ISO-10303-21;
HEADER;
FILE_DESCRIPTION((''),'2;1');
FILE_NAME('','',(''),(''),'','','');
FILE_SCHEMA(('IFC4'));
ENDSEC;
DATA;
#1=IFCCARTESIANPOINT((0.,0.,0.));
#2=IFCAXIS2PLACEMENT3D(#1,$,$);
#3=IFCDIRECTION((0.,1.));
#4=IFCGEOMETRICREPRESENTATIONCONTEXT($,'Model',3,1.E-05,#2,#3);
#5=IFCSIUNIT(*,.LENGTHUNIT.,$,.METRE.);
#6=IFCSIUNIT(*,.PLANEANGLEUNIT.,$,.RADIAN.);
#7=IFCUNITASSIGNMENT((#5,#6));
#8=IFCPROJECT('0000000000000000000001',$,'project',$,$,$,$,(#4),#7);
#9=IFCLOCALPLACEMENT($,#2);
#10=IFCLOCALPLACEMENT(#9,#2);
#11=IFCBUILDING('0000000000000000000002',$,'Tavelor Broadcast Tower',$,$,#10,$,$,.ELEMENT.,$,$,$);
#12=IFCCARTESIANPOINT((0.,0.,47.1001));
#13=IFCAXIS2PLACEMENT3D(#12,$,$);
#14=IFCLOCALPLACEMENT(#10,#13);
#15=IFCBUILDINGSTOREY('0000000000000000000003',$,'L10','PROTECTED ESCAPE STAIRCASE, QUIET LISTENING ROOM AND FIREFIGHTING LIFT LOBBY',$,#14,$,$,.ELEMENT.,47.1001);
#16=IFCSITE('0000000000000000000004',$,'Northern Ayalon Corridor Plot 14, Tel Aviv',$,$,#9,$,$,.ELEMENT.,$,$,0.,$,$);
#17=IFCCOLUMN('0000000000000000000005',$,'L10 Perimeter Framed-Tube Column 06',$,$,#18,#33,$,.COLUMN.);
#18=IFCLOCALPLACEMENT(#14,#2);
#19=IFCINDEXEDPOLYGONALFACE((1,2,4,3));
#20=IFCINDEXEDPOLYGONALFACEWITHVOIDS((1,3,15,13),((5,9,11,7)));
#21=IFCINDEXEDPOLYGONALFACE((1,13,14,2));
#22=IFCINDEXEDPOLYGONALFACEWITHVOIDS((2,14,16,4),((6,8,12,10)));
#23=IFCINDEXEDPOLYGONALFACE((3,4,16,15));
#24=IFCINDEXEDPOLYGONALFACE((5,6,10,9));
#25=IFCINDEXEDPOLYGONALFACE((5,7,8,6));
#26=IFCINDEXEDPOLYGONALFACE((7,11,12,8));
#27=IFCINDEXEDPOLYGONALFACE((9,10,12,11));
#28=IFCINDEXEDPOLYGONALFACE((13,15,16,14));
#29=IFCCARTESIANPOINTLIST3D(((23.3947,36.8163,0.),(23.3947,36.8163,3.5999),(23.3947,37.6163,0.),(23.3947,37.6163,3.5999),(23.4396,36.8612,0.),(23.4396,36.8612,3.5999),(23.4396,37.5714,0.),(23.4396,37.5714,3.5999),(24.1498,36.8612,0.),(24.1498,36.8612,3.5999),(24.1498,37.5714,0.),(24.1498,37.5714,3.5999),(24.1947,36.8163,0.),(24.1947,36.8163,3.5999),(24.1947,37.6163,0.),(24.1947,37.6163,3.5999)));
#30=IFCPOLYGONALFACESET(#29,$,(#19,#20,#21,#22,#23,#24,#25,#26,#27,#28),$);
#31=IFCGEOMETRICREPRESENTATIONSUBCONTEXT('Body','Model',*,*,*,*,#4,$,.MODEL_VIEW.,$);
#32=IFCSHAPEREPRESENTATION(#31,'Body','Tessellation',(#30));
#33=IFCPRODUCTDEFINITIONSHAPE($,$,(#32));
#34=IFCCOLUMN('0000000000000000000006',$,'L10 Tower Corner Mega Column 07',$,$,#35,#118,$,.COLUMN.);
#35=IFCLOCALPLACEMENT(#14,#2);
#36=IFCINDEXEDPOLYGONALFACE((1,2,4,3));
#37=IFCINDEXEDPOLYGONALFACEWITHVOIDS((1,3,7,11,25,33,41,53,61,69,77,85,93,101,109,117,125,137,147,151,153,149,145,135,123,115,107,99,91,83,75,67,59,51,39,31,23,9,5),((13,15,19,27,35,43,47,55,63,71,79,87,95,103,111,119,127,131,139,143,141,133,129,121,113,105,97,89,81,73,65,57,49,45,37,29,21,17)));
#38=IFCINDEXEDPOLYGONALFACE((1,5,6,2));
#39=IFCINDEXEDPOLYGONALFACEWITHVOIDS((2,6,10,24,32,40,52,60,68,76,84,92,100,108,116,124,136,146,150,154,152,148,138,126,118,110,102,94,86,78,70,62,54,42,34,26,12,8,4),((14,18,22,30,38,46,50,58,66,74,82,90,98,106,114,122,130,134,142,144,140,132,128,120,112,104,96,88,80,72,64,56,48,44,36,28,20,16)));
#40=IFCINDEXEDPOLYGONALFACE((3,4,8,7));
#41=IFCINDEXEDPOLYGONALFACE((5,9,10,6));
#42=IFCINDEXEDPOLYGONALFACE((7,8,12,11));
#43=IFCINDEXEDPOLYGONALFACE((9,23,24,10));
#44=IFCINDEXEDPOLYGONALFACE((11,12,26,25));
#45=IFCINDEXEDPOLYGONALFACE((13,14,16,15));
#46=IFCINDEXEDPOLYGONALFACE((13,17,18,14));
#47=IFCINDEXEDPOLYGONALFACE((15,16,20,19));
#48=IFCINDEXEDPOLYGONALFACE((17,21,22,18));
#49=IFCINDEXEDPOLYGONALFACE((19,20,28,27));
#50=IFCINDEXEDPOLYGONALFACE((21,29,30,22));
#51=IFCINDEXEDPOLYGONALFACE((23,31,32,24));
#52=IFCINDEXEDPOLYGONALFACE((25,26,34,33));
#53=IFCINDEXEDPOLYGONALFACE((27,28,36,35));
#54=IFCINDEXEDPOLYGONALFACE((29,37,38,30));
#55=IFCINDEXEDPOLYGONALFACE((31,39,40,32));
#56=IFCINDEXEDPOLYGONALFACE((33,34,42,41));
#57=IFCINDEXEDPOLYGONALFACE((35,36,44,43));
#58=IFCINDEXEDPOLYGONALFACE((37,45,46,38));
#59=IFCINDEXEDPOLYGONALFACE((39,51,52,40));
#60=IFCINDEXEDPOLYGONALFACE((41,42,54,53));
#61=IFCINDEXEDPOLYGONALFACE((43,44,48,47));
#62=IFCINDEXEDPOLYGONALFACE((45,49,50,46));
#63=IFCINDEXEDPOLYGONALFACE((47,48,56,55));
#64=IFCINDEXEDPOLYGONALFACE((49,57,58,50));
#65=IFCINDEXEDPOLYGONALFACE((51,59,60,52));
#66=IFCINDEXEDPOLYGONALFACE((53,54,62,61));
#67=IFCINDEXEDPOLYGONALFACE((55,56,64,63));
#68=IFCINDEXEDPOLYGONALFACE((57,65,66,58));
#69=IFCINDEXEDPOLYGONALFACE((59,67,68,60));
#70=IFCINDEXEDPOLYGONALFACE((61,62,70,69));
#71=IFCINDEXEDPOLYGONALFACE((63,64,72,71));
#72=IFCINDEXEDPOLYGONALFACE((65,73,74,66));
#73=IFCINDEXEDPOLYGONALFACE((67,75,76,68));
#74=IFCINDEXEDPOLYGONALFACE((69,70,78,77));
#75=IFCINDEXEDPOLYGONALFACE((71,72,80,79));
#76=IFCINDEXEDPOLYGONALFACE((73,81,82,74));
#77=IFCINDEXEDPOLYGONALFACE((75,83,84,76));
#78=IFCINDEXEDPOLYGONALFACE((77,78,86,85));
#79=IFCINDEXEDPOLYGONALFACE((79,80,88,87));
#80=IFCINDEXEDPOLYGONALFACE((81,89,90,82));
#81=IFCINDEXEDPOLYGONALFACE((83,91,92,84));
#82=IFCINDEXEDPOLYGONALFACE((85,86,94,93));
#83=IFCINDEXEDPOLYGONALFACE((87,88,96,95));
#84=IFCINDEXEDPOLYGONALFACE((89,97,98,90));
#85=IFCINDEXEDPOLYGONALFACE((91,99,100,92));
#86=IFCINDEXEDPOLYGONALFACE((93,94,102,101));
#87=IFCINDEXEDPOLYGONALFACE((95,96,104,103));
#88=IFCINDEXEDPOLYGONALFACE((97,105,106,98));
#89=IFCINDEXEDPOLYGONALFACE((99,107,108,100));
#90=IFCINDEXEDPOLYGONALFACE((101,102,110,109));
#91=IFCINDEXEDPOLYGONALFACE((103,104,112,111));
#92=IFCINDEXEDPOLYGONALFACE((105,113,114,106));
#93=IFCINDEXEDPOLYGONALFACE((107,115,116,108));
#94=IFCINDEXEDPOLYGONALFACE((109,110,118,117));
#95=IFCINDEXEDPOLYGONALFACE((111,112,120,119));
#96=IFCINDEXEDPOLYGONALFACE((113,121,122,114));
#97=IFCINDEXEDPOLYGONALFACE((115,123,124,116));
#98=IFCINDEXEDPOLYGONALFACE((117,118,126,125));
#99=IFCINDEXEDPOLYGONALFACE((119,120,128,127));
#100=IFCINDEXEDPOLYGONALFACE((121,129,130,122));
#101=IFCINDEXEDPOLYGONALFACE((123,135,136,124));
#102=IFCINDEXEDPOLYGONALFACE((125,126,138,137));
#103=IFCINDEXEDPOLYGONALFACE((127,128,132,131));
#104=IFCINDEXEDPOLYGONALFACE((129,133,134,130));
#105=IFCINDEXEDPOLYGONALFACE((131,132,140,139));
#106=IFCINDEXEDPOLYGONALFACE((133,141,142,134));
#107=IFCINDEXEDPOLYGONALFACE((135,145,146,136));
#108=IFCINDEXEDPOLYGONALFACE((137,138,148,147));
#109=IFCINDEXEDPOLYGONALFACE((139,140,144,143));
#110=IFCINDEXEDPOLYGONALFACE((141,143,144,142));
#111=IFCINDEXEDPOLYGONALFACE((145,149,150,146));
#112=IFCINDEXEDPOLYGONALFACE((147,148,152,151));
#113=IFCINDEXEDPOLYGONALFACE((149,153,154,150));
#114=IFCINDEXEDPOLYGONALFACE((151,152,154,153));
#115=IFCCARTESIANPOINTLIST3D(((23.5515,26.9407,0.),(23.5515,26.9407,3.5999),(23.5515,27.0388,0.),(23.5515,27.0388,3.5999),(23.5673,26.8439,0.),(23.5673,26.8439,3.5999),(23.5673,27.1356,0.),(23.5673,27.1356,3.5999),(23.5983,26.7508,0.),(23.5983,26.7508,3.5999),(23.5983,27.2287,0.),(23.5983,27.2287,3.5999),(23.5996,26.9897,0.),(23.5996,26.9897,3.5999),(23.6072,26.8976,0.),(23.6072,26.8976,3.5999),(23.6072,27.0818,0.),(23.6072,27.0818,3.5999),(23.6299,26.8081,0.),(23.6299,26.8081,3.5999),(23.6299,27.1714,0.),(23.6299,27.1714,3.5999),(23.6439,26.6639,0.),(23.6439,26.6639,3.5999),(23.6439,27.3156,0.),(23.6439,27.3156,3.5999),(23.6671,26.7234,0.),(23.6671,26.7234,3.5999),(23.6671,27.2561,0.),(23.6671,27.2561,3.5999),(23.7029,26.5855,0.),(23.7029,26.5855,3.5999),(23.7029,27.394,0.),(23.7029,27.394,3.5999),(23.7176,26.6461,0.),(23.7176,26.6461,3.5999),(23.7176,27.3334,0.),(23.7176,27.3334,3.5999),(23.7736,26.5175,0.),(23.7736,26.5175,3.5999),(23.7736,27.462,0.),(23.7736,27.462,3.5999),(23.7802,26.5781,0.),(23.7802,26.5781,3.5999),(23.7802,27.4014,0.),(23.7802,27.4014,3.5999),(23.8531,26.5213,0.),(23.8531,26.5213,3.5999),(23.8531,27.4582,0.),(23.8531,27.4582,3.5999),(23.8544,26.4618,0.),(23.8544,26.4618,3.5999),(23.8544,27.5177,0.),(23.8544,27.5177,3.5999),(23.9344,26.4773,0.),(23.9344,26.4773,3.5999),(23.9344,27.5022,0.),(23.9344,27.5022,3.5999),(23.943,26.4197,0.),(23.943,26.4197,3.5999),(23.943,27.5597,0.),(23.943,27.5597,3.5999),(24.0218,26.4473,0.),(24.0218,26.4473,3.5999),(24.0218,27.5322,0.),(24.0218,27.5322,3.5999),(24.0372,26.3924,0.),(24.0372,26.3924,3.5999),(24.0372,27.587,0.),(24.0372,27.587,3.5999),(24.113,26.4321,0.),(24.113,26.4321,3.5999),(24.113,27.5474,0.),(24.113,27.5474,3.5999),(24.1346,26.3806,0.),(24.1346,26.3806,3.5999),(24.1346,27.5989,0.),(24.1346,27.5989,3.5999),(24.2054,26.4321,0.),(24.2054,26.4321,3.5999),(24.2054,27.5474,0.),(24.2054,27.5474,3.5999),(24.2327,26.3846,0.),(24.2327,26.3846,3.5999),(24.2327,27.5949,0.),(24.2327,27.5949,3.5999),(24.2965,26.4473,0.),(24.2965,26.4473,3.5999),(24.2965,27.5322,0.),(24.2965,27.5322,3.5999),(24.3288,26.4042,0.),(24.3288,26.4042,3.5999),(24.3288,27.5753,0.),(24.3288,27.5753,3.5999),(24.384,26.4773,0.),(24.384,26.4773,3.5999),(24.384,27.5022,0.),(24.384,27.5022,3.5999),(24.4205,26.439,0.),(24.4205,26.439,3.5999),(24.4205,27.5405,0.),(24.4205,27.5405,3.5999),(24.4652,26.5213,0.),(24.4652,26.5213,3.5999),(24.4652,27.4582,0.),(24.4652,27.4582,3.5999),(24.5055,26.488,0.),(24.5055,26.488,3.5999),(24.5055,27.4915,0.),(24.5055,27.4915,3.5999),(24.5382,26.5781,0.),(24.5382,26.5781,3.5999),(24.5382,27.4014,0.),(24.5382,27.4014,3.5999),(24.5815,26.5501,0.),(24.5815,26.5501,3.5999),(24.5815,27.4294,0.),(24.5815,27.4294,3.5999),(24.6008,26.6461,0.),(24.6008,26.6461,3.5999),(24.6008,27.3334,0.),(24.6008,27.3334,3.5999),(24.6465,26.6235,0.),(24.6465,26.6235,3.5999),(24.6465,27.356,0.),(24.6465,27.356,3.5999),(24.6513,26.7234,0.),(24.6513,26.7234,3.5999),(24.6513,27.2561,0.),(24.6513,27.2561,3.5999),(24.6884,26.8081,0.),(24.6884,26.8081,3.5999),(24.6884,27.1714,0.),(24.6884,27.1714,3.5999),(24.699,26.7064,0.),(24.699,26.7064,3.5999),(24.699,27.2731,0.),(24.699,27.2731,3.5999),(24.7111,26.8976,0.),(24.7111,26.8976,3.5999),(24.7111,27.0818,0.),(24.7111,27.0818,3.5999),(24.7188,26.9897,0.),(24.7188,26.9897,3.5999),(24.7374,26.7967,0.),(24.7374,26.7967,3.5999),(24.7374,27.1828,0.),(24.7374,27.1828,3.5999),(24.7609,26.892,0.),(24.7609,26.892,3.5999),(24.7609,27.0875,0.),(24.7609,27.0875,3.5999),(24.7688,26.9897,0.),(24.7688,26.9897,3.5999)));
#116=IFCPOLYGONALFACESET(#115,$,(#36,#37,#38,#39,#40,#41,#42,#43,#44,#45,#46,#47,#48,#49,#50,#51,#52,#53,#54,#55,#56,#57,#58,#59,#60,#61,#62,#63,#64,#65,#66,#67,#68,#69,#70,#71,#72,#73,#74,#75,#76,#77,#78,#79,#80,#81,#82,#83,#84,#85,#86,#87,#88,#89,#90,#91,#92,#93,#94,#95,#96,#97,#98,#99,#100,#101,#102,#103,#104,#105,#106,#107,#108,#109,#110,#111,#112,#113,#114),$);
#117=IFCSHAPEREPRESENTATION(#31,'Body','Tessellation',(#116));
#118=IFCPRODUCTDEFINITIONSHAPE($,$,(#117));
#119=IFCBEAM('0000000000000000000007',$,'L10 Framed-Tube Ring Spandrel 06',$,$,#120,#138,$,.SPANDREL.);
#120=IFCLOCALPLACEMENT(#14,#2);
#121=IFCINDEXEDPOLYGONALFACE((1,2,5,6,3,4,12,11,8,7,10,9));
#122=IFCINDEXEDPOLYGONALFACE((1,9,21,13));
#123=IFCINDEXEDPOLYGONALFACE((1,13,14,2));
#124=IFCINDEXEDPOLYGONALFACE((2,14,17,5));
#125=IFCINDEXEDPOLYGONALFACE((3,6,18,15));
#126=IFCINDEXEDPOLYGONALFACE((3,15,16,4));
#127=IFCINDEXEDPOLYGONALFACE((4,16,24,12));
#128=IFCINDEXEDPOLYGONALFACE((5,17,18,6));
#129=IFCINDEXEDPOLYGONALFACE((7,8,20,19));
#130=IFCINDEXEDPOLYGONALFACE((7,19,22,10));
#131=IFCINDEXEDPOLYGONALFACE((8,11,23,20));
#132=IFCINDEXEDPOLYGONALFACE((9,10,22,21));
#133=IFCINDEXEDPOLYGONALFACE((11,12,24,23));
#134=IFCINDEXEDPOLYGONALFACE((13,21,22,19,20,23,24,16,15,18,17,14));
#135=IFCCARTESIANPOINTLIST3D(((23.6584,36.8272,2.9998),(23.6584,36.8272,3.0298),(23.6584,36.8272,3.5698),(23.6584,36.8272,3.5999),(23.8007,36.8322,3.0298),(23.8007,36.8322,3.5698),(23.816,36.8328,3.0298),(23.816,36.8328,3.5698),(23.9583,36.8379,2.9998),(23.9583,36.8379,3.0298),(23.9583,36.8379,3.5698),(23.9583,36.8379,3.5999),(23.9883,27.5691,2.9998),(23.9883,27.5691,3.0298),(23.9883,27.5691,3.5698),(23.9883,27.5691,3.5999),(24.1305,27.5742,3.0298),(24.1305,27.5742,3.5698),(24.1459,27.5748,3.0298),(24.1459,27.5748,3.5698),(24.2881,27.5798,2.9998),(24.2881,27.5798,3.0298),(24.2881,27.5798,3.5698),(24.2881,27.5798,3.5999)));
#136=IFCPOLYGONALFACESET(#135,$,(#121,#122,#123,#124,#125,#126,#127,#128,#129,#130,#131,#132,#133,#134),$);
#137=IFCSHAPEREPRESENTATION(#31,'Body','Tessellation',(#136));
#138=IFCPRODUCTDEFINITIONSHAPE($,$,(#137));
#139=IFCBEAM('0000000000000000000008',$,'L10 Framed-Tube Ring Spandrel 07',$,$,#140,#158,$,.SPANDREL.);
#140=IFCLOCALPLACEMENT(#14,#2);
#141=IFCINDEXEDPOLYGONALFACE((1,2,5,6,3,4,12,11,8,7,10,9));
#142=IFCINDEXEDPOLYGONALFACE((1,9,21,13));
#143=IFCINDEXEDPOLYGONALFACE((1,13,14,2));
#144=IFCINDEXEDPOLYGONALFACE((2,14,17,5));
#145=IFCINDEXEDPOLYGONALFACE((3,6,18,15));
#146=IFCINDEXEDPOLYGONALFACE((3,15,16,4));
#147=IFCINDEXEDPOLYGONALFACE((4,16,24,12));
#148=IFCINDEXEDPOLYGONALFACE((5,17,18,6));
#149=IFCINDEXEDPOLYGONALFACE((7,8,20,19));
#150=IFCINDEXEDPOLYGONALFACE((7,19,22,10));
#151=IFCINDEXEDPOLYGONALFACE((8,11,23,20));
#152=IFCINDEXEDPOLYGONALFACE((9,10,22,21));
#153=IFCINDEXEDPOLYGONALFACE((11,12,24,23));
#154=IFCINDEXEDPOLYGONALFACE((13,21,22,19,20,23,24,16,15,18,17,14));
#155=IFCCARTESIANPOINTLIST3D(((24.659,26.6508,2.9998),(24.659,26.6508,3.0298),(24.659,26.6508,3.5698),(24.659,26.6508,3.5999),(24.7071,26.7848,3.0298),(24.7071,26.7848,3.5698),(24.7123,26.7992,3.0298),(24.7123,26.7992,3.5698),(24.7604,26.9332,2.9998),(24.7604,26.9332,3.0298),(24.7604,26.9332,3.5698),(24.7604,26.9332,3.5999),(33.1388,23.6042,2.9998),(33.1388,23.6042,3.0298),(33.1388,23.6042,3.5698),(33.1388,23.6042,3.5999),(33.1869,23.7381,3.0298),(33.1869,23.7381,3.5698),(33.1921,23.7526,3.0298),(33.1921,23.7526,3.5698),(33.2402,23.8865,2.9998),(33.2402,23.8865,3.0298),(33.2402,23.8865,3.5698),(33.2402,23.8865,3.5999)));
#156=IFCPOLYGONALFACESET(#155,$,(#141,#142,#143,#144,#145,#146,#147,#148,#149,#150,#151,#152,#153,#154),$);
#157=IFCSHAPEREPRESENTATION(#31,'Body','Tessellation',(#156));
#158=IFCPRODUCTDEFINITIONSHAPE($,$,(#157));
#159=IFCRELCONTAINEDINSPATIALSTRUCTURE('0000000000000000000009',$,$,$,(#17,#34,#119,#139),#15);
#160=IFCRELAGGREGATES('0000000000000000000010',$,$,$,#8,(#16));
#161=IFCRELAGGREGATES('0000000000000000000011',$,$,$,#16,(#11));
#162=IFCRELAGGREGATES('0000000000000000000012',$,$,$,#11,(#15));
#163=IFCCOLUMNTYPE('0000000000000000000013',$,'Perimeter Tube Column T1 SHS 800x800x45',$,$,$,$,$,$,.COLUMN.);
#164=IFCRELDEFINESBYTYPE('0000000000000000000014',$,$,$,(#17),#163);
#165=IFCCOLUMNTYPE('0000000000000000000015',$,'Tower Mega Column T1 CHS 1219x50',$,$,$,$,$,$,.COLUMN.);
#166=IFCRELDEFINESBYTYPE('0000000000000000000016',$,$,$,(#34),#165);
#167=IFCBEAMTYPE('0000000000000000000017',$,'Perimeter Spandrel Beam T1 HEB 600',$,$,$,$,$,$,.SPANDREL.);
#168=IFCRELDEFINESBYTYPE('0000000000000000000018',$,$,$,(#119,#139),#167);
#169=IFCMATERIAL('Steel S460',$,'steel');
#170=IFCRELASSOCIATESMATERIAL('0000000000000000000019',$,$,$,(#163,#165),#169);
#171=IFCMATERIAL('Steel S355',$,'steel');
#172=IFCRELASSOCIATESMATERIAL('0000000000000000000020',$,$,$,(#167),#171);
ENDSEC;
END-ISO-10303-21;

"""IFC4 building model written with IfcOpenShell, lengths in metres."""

from ifc_helpers import new_model, si_unit, direction, frame, origin, origin_2d, place, context, subcontext, project, spatial, hollow_rectangle, hollow_circle, i_section, extrude, material, material_profile, profile_set, type_object, element, save


model = new_model("IFC4")

# Units and contexts
model_context = context("Model", 3, precision=1e-05, world=origin(), true_north=direction((0.0, 1.0)))
body_context = subcontext(model_context, "Body", "Model", "MODEL_VIEW")
ifc_project = project(units=[si_unit("LENGTHUNIT", "METRE"), si_unit("PLANEANGLEUNIT", "RADIAN")], contexts=[model_context])

# Site, building, storey
site_placement = place(None, origin())
site = spatial("IfcSite", under=ifc_project, at=site_placement, Name="Northern Ayalon Corridor Plot 14, Tel Aviv", CompositionType="ELEMENT", RefElevation=0.0)
building_placement = place(site_placement, origin())
building = spatial("IfcBuilding", under=site, at=building_placement, Name="Tavelor Broadcast Tower", CompositionType="ELEMENT")
storey_placement = place(building_placement, frame((0.0, 0.0, 47.1001)))
storey = spatial("IfcBuildingStorey", under=building, at=storey_placement, Name="L10", Description="PROTECTED ESCAPE STAIRCASE, QUIET LISTENING ROOM AND FIREFIGHTING LIFT LOBBY", CompositionType="ELEMENT", Elevation=47.1001)

# Columns
ifc_material_1 = material(Name="Steel S460", Category="steel")
ifc_material_profile_1 = material_profile(ifc_material_1, hollow_rectangle(XDim=0.8, YDim=0.8, WallThickness=0.0449, at=origin_2d()), Name="SHS 800x800x45")
ifc_profile_set_1 = profile_set([ifc_material_profile_1], Name="Steel S460")
column_type_1 = type_object("IfcColumnType", Name="Perimeter Tube Column T1 SHS 800x800x45", PredefinedType="COLUMN", material=ifc_profile_set_1)
column_1_placement = place(storey_placement, frame((23.7947, 37.2163, 0.0), z_axis=(0.0, 0.0, 1.0), x_axis=(1.0, 0.0, 0.0)))
element("IfcColumn", 1, at=column_1_placement, inside=storey, type_object=column_type_1, Name="L10 Perimeter Framed-Tube Column 06", PredefinedType="COLUMN", context=body_context, shape_type="SweptSolid", body=[
    extrude(hollow_rectangle(XDim=0.8, YDim=0.8, WallThickness=0.0449, at=origin_2d()), origin(), (0.0, 0.0, 1.0), 3.5999),
])
ifc_material_profile_2 = material_profile(ifc_material_1, hollow_circle(Radius=0.6096, WallThickness=0.05, at=origin_2d()), Name="CHS 1219x50")
ifc_profile_set_2 = profile_set([ifc_material_profile_2], Name="Steel S460")
column_type_2 = type_object("IfcColumnType", Name="Tower Mega Column T1 CHS 1219x50", PredefinedType="COLUMN", material=ifc_profile_set_2)
column_2_placement = place(storey_placement, frame((24.1592, 26.9897, 0.0), z_axis=(0.0, 0.0, 1.0), x_axis=(1.0, 0.0, 0.0)))
element("IfcColumn", 2, at=column_2_placement, inside=storey, type_object=column_type_2, Name="L10 Tower Corner Mega Column 07", PredefinedType="COLUMN", context=body_context, shape_type="SweptSolid", body=[
    extrude(hollow_circle(Radius=0.6096, WallThickness=0.05, at=origin_2d()), origin(), (0.0, 0.0, 1.0), 3.5999),
])

# Beams
ifc_material_2 = material(Name="Steel S355", Category="steel")
ifc_material_profile_3 = material_profile(ifc_material_2, i_section(OverallWidth=0.3, OverallDepth=0.6001, WebThickness=0.0154, FlangeThickness=0.03, at=origin_2d()), Name="HEB 600")
ifc_profile_set_3 = profile_set([ifc_material_profile_3], Name="Steel S355")
beam_type = type_object("IfcBeamType", Name="Perimeter Spandrel Beam T1 HEB 600", PredefinedType="SPANDREL", material=ifc_profile_set_3)
beam_1_placement = place(storey_placement, frame((23.8083, 36.8325, 3.2998), z_axis=(0.035604, -0.999366, 0.0), x_axis=(0.999366, 0.035604, 0.0)))
element("IfcBeam", 3, at=beam_1_placement, inside=storey, type_object=beam_type, Name="L10 Framed-Tube Ring Spandrel 06", PredefinedType="SPANDREL", context=body_context, shape_type="SweptSolid", body=[
    extrude(i_section(OverallWidth=0.3, OverallDepth=0.6001, WebThickness=0.0154, FlangeThickness=0.03, at=origin_2d()), origin(), (0.0, 0.0, 1.0), 9.2639),
])
beam_2_placement = place(storey_placement, frame((24.7097, 26.792, 3.2998), z_axis=(0.941102, -0.338123, 0.0), x_axis=(0.338123, 0.941102, 0.0)))
element("IfcBeam", 4, at=beam_2_placement, inside=storey, type_object=beam_type, Name="L10 Framed-Tube Ring Spandrel 07", PredefinedType="SPANDREL", context=body_context, shape_type="SweptSolid", body=[
    extrude(i_section(OverallWidth=0.3, OverallDepth=0.6001, WebThickness=0.0154, FlangeThickness=0.03, at=origin_2d()), origin(), (0.0, 0.0, 1.0), 9.0105),
])

save(model, "model.ifc")
